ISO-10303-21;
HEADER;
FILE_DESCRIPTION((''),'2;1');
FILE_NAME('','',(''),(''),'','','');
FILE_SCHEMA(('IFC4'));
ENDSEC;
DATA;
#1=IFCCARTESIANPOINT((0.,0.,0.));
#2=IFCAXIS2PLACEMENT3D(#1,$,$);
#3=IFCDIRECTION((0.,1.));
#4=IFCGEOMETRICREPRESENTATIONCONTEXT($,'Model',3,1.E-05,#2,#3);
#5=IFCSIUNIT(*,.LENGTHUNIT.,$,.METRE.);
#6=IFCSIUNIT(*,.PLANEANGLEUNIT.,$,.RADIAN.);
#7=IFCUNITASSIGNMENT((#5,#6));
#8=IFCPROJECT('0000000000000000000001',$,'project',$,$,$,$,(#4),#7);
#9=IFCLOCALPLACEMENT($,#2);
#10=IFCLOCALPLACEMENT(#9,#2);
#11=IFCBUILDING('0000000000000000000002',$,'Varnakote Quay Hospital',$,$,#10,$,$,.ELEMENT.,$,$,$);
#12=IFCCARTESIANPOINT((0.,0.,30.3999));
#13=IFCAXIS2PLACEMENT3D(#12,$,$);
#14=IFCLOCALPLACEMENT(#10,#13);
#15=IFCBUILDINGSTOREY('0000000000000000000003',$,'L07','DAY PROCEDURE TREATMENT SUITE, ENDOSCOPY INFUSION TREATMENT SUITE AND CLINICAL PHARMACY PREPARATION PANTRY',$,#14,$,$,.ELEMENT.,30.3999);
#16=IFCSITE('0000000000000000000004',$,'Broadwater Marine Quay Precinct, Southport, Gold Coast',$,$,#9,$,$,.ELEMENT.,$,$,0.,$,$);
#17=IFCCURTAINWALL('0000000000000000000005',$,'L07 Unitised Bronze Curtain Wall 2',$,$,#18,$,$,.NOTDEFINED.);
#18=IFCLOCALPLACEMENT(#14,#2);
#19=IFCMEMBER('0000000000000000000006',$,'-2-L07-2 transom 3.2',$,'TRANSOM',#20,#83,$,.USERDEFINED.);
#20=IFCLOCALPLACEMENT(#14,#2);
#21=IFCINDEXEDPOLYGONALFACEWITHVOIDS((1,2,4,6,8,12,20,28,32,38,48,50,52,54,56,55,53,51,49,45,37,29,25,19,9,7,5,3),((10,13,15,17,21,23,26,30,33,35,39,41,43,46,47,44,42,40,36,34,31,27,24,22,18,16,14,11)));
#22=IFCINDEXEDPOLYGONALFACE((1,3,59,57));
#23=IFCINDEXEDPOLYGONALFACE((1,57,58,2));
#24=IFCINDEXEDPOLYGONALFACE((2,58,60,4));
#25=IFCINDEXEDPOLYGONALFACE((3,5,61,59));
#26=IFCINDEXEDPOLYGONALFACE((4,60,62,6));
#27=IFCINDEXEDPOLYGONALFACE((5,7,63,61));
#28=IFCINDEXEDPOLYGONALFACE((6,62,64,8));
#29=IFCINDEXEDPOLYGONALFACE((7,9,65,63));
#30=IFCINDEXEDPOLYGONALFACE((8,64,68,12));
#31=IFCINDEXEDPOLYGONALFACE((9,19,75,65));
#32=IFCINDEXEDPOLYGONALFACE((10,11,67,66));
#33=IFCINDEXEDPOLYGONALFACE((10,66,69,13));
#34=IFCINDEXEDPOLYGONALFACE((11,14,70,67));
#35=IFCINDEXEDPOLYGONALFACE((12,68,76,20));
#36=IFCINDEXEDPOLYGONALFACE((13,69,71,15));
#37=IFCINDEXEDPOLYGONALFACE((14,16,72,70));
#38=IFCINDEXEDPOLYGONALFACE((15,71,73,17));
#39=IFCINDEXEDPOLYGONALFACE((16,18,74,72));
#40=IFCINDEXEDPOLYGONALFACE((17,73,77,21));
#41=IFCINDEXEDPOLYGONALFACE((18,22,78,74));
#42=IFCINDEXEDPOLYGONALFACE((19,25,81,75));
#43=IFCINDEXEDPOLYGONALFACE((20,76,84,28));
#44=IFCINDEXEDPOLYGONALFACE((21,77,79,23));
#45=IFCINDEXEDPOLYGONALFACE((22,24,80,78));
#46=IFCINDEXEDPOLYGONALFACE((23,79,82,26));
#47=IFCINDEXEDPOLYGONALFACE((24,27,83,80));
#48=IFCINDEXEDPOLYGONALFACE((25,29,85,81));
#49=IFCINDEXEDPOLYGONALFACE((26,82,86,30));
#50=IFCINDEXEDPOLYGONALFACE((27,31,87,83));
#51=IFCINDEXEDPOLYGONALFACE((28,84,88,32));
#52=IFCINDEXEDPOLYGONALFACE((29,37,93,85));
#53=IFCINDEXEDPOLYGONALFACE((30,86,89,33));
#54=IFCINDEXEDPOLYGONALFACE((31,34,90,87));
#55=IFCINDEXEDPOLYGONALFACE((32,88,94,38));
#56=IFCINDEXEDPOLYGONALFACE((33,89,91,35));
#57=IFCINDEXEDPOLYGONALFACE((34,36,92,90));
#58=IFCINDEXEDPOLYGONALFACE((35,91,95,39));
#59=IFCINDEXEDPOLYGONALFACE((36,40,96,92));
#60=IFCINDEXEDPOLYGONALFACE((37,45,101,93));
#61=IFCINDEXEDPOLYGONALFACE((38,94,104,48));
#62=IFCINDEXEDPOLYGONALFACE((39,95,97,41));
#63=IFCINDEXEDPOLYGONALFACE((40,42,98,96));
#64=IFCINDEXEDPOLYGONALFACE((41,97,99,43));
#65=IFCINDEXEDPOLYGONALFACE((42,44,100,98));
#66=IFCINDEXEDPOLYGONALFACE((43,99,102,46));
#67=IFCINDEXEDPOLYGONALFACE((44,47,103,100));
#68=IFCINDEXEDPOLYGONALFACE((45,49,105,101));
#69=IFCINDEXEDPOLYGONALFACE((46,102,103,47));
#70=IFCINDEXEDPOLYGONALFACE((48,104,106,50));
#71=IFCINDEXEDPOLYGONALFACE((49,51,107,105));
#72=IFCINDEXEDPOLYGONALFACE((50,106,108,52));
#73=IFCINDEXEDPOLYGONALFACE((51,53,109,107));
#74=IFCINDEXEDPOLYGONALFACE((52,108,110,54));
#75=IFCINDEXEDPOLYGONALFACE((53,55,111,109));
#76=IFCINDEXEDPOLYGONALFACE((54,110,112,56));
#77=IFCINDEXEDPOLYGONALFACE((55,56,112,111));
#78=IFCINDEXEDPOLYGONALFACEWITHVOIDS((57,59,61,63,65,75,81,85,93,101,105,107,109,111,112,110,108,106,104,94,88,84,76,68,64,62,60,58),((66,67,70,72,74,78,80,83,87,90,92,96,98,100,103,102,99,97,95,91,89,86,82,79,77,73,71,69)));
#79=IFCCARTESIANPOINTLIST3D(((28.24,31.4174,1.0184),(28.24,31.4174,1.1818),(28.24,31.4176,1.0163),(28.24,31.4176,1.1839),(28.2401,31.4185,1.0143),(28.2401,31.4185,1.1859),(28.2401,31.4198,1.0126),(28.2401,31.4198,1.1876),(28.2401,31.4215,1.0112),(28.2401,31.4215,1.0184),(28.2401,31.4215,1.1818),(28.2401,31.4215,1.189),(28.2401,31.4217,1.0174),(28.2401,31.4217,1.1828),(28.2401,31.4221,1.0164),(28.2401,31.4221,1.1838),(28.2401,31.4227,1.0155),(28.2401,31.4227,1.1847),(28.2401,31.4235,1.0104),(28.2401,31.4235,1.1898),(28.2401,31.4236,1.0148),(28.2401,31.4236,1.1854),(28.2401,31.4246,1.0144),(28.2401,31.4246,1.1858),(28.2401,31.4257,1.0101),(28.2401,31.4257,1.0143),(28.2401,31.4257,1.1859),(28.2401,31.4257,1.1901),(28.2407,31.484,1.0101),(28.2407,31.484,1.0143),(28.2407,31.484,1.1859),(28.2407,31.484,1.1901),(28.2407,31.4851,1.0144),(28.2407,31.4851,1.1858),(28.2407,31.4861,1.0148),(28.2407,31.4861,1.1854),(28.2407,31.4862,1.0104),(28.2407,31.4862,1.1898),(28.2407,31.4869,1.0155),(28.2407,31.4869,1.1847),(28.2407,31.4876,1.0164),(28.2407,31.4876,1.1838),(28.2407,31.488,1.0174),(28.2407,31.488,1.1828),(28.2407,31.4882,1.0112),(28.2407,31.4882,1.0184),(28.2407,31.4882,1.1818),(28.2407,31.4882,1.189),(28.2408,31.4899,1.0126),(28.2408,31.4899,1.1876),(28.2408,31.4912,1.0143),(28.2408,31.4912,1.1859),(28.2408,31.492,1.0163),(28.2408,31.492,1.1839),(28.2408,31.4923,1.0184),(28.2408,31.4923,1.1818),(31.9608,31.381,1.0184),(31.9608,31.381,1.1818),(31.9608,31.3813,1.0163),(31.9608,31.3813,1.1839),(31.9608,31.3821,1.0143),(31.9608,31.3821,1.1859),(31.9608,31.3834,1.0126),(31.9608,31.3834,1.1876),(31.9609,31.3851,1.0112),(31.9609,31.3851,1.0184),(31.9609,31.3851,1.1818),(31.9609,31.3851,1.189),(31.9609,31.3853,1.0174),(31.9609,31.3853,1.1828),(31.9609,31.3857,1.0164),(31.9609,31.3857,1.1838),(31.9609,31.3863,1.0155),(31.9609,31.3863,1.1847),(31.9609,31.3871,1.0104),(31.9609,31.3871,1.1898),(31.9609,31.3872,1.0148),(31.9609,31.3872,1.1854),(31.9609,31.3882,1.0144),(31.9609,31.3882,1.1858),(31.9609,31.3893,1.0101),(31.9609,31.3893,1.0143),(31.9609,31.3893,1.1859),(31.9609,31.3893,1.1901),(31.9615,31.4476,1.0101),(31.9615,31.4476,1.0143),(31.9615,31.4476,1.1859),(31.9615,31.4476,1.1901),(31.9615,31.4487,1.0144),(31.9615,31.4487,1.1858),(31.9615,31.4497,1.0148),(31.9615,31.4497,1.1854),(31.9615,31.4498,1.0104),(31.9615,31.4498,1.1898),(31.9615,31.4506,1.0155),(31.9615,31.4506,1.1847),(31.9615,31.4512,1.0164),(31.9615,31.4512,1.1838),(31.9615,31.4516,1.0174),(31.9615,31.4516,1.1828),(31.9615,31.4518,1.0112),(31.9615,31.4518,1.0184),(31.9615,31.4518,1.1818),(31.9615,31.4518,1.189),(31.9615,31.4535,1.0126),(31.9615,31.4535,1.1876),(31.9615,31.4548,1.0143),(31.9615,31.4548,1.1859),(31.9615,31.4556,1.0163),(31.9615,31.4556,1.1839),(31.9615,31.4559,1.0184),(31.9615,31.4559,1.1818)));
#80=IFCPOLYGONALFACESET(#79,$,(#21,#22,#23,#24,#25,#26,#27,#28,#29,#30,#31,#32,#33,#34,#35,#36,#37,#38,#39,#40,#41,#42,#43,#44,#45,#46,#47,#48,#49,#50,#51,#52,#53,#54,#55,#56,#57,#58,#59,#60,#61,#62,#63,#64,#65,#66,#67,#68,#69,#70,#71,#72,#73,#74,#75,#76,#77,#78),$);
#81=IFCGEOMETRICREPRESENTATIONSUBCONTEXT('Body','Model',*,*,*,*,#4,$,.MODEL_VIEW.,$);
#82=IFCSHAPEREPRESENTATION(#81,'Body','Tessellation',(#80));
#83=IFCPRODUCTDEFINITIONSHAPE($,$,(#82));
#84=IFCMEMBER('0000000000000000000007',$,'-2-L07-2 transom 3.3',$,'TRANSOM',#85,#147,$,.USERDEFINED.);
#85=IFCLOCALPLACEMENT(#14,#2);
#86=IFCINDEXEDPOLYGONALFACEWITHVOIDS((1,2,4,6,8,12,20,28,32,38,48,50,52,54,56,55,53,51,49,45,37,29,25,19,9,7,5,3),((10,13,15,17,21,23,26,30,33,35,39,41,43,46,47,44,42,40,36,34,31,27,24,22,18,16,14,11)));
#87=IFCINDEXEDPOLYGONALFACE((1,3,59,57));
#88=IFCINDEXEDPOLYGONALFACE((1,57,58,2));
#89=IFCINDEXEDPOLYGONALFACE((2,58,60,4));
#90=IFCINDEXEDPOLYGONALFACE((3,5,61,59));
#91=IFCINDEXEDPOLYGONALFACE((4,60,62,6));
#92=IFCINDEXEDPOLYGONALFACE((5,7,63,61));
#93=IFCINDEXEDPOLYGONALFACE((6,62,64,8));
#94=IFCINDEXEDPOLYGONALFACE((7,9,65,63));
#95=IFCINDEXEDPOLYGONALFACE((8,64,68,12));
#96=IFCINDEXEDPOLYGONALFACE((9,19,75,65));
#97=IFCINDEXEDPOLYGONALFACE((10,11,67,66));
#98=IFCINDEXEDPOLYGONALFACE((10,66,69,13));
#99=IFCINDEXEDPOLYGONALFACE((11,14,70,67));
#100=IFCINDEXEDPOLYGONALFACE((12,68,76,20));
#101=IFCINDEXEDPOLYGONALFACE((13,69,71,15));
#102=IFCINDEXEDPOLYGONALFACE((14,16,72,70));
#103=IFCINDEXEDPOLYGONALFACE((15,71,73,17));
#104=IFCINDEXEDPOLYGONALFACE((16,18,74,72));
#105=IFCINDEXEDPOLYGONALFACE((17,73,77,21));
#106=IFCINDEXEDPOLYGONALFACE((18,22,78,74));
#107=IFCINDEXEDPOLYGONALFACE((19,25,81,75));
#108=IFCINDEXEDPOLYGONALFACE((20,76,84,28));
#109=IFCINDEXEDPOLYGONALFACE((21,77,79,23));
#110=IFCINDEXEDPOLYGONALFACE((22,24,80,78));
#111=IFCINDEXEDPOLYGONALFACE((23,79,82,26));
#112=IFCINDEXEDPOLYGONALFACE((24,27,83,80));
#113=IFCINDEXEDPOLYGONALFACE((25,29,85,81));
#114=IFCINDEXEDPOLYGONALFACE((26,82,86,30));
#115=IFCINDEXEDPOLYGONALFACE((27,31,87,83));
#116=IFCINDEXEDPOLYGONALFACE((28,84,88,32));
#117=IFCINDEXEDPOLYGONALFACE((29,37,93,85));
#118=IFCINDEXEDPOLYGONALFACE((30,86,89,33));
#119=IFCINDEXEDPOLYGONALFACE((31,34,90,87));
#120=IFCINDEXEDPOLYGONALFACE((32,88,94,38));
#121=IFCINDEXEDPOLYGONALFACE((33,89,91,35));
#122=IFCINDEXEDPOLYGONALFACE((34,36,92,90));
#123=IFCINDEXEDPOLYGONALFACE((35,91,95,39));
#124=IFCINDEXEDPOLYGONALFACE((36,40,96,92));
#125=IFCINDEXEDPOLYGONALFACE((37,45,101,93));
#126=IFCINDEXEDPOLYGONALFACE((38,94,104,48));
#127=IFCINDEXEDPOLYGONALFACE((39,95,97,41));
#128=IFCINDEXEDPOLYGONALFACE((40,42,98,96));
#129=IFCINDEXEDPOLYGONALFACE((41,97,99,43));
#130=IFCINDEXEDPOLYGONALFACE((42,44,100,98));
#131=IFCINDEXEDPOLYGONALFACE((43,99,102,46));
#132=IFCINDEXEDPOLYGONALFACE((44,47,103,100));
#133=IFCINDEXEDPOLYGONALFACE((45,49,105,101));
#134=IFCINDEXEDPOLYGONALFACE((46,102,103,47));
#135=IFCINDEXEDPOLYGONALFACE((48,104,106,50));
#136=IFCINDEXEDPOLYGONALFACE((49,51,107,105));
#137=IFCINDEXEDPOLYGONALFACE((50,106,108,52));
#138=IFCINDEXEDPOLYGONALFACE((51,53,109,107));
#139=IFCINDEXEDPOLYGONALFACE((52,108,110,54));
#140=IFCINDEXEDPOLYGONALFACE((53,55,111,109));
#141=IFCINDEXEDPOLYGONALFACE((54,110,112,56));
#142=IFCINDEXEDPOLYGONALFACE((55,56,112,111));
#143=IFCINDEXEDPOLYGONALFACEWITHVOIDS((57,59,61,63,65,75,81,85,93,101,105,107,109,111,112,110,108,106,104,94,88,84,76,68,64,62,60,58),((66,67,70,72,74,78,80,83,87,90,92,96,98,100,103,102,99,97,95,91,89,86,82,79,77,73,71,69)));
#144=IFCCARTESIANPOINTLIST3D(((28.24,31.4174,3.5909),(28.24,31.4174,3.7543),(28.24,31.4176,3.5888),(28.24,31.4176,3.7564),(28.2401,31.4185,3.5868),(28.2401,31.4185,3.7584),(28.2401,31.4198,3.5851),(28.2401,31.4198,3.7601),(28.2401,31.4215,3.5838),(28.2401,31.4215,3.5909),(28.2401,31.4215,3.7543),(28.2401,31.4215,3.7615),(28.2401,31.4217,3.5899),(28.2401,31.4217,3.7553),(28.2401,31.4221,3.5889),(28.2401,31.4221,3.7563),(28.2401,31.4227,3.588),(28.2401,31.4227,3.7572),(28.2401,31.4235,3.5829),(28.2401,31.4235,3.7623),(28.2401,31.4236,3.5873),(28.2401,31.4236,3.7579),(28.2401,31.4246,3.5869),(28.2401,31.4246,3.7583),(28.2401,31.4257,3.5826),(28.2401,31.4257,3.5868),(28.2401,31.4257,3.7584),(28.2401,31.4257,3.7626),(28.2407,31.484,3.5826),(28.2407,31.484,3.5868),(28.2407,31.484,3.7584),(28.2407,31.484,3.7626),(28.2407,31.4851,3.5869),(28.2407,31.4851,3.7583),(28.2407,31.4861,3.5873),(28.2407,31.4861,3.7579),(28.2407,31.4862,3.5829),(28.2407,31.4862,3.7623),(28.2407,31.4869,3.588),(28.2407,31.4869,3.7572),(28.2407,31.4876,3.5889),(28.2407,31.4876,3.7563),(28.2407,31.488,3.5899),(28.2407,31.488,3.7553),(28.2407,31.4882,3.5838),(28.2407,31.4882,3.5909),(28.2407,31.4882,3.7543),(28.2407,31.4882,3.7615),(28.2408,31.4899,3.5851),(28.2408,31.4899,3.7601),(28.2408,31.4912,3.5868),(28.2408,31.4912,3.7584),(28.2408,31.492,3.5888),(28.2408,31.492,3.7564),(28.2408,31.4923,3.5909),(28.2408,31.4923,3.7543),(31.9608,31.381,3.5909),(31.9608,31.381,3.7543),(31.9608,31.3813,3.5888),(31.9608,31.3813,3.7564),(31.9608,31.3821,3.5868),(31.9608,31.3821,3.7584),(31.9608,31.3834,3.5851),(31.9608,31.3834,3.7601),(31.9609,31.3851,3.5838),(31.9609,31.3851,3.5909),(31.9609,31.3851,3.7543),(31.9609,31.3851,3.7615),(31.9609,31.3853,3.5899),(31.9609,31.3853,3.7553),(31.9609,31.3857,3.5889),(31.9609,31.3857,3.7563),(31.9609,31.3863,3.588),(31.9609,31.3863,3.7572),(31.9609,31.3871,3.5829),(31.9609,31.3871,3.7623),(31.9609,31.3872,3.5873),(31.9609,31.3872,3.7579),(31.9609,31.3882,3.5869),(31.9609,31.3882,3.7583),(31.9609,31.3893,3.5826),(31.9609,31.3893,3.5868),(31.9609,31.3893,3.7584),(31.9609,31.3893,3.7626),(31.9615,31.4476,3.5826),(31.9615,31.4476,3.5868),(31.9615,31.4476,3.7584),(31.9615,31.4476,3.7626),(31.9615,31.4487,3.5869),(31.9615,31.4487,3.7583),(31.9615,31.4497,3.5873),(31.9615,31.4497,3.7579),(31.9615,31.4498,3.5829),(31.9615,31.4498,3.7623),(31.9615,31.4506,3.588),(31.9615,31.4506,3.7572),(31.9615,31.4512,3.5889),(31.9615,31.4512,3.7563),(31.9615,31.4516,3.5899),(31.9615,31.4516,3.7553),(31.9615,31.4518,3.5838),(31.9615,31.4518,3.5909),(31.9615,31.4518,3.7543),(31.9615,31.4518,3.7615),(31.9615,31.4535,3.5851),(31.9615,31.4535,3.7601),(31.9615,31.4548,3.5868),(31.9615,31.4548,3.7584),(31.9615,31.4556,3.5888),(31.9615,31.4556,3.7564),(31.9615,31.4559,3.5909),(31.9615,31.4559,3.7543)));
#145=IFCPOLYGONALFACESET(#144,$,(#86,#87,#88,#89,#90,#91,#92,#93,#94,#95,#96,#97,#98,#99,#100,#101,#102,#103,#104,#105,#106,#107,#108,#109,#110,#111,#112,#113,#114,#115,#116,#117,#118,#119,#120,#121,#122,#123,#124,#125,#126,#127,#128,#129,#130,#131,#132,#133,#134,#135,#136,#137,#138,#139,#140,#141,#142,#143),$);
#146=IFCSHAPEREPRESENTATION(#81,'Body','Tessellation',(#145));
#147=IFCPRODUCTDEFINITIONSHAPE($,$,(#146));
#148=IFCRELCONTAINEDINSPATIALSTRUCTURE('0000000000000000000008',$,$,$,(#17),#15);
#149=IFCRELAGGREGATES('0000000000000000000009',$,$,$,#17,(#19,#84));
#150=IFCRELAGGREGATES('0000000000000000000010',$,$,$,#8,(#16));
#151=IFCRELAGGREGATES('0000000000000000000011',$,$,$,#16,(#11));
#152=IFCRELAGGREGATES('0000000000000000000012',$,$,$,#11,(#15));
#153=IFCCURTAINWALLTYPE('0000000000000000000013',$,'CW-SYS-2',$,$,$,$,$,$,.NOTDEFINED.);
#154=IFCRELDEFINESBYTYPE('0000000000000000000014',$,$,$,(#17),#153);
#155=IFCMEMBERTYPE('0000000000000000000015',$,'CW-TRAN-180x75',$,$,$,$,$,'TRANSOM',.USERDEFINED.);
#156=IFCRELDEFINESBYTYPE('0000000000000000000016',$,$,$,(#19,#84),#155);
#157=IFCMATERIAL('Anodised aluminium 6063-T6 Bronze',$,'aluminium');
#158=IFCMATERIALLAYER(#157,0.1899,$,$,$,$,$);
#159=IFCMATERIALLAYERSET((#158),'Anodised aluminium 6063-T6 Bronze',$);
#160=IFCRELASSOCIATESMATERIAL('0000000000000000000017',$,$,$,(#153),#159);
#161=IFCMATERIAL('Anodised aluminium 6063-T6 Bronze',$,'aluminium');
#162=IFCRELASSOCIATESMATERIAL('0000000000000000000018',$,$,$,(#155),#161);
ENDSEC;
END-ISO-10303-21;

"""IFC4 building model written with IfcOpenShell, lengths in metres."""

from ifc_helpers import new_model, si_unit, direction, frame, origin, origin_2d, place, context, subcontext, project, spatial, hollow_rectangle, extrude, material, layer, layer_set, material_profile, profile_set, type_object, element, aggregate, save


model = new_model("IFC4")

# Units and contexts
model_context = context("Model", 3, precision=1e-05, world=origin(), true_north=direction((0.0, 1.0)))
body_context = subcontext(model_context, "Body", "Model", "MODEL_VIEW")
ifc_project = project(units=[si_unit("LENGTHUNIT", "METRE"), si_unit("PLANEANGLEUNIT", "RADIAN")], contexts=[model_context])

# Site, building, storey
site_placement = place(None, origin())
site = spatial("IfcSite", under=ifc_project, at=site_placement, Name="Broadwater Marine Quay Precinct, Southport, Gold Coast", CompositionType="ELEMENT", RefElevation=0.0)
building_placement = place(site_placement, origin())
building = spatial("IfcBuilding", under=site, at=building_placement, Name="Varnakote Quay Hospital", CompositionType="ELEMENT")
storey_placement = place(building_placement, frame((0.0, 0.0, 30.3999)))
storey = spatial("IfcBuildingStorey", under=building, at=storey_placement, Name="L07", Description="DAY PROCEDURE TREATMENT SUITE, ENDOSCOPY INFUSION TREATMENT SUITE AND CLINICAL PHARMACY PREPARATION PANTRY", CompositionType="ELEMENT", Elevation=30.3999)

# Shared definitions
ifc_material_1 = material(Name="Anodised aluminium 6063-T6 Bronze", Category="aluminium")
ifc_layer_1 = layer(ifc_material_1, 0.1899)
ifc_layer_set_1 = layer_set([ifc_layer_1], Name="Anodised aluminium 6063-T6 Bronze")
curtain_wall_type = type_object("IfcCurtainWallType", Name="CW-SYS-2", PredefinedType="NOTDEFINED", material=ifc_layer_set_1)

# Curtain wall, members
curtain_wall_1_placement = place(storey_placement, origin())
curtain_wall_1 = element("IfcCurtainWall", 1, at=curtain_wall_1_placement, inside=storey, type_object=curtain_wall_type, Name="L07 Unitised Bronze Curtain Wall 2", PredefinedType="NOTDEFINED")
ifc_material_2 = material(Name="Anodised aluminium 6063-T6 Bronze", Category="aluminium")
ifc_material_profile_1 = material_profile(ifc_material_2, hollow_rectangle(XDim=0.075, YDim=0.1799, WallThickness=0.0042, InnerFilletRadius=0.0042, OuterFilletRadius=0.0083, at=origin_2d()), Name="CW-TRAN-180x75")
ifc_profile_set_1 = profile_set([ifc_material_profile_1], Name="Anodised aluminium 6063-T6 Bronze")
member_type_1 = type_object("IfcMemberType", Name="CW-TRAN-180x75", ElementType="TRANSOM", PredefinedType="USERDEFINED", material=ifc_profile_set_1)
member_1_placement = place(storey_placement, frame((31.9612, 31.4185, 1.1001), z_axis=(-0.999952, 0.009776, 0.0), x_axis=(-0.009776, -0.999952, 0.0)))
member_1 = element("IfcMember", 2, at=member_1_placement, type_object=member_type_1, Name="-2-L07-2 transom 3.2", ObjectType="TRANSOM", PredefinedType="USERDEFINED", context=body_context, shape_type="SweptSolid", body=[
    extrude(hollow_rectangle(XDim=0.075, YDim=0.1799, WallThickness=0.0042, InnerFilletRadius=0.0042, OuterFilletRadius=0.0083, at=origin_2d()), origin(), (0.0, 0.0, 1.0), 3.7209),
])
member_2_placement = place(storey_placement, frame((31.9612, 31.4185, 3.6726), z_axis=(-0.999952, 0.009776, 0.0), x_axis=(-0.009776, -0.999952, 0.0)))
member_2 = element("IfcMember", 3, at=member_2_placement, type_object=member_type_1, Name="-2-L07-2 transom 3.3", ObjectType="TRANSOM", PredefinedType="USERDEFINED", context=body_context, shape_type="SweptSolid", body=[
    extrude(hollow_rectangle(XDim=0.075, YDim=0.1799, WallThickness=0.0042, InnerFilletRadius=0.0042, OuterFilletRadius=0.0083, at=origin_2d()), origin(), (0.0, 0.0, 1.0), 3.7209),
])

aggregate(curtain_wall_1, [member_1, member_2])

save(model, "model.ifc")
